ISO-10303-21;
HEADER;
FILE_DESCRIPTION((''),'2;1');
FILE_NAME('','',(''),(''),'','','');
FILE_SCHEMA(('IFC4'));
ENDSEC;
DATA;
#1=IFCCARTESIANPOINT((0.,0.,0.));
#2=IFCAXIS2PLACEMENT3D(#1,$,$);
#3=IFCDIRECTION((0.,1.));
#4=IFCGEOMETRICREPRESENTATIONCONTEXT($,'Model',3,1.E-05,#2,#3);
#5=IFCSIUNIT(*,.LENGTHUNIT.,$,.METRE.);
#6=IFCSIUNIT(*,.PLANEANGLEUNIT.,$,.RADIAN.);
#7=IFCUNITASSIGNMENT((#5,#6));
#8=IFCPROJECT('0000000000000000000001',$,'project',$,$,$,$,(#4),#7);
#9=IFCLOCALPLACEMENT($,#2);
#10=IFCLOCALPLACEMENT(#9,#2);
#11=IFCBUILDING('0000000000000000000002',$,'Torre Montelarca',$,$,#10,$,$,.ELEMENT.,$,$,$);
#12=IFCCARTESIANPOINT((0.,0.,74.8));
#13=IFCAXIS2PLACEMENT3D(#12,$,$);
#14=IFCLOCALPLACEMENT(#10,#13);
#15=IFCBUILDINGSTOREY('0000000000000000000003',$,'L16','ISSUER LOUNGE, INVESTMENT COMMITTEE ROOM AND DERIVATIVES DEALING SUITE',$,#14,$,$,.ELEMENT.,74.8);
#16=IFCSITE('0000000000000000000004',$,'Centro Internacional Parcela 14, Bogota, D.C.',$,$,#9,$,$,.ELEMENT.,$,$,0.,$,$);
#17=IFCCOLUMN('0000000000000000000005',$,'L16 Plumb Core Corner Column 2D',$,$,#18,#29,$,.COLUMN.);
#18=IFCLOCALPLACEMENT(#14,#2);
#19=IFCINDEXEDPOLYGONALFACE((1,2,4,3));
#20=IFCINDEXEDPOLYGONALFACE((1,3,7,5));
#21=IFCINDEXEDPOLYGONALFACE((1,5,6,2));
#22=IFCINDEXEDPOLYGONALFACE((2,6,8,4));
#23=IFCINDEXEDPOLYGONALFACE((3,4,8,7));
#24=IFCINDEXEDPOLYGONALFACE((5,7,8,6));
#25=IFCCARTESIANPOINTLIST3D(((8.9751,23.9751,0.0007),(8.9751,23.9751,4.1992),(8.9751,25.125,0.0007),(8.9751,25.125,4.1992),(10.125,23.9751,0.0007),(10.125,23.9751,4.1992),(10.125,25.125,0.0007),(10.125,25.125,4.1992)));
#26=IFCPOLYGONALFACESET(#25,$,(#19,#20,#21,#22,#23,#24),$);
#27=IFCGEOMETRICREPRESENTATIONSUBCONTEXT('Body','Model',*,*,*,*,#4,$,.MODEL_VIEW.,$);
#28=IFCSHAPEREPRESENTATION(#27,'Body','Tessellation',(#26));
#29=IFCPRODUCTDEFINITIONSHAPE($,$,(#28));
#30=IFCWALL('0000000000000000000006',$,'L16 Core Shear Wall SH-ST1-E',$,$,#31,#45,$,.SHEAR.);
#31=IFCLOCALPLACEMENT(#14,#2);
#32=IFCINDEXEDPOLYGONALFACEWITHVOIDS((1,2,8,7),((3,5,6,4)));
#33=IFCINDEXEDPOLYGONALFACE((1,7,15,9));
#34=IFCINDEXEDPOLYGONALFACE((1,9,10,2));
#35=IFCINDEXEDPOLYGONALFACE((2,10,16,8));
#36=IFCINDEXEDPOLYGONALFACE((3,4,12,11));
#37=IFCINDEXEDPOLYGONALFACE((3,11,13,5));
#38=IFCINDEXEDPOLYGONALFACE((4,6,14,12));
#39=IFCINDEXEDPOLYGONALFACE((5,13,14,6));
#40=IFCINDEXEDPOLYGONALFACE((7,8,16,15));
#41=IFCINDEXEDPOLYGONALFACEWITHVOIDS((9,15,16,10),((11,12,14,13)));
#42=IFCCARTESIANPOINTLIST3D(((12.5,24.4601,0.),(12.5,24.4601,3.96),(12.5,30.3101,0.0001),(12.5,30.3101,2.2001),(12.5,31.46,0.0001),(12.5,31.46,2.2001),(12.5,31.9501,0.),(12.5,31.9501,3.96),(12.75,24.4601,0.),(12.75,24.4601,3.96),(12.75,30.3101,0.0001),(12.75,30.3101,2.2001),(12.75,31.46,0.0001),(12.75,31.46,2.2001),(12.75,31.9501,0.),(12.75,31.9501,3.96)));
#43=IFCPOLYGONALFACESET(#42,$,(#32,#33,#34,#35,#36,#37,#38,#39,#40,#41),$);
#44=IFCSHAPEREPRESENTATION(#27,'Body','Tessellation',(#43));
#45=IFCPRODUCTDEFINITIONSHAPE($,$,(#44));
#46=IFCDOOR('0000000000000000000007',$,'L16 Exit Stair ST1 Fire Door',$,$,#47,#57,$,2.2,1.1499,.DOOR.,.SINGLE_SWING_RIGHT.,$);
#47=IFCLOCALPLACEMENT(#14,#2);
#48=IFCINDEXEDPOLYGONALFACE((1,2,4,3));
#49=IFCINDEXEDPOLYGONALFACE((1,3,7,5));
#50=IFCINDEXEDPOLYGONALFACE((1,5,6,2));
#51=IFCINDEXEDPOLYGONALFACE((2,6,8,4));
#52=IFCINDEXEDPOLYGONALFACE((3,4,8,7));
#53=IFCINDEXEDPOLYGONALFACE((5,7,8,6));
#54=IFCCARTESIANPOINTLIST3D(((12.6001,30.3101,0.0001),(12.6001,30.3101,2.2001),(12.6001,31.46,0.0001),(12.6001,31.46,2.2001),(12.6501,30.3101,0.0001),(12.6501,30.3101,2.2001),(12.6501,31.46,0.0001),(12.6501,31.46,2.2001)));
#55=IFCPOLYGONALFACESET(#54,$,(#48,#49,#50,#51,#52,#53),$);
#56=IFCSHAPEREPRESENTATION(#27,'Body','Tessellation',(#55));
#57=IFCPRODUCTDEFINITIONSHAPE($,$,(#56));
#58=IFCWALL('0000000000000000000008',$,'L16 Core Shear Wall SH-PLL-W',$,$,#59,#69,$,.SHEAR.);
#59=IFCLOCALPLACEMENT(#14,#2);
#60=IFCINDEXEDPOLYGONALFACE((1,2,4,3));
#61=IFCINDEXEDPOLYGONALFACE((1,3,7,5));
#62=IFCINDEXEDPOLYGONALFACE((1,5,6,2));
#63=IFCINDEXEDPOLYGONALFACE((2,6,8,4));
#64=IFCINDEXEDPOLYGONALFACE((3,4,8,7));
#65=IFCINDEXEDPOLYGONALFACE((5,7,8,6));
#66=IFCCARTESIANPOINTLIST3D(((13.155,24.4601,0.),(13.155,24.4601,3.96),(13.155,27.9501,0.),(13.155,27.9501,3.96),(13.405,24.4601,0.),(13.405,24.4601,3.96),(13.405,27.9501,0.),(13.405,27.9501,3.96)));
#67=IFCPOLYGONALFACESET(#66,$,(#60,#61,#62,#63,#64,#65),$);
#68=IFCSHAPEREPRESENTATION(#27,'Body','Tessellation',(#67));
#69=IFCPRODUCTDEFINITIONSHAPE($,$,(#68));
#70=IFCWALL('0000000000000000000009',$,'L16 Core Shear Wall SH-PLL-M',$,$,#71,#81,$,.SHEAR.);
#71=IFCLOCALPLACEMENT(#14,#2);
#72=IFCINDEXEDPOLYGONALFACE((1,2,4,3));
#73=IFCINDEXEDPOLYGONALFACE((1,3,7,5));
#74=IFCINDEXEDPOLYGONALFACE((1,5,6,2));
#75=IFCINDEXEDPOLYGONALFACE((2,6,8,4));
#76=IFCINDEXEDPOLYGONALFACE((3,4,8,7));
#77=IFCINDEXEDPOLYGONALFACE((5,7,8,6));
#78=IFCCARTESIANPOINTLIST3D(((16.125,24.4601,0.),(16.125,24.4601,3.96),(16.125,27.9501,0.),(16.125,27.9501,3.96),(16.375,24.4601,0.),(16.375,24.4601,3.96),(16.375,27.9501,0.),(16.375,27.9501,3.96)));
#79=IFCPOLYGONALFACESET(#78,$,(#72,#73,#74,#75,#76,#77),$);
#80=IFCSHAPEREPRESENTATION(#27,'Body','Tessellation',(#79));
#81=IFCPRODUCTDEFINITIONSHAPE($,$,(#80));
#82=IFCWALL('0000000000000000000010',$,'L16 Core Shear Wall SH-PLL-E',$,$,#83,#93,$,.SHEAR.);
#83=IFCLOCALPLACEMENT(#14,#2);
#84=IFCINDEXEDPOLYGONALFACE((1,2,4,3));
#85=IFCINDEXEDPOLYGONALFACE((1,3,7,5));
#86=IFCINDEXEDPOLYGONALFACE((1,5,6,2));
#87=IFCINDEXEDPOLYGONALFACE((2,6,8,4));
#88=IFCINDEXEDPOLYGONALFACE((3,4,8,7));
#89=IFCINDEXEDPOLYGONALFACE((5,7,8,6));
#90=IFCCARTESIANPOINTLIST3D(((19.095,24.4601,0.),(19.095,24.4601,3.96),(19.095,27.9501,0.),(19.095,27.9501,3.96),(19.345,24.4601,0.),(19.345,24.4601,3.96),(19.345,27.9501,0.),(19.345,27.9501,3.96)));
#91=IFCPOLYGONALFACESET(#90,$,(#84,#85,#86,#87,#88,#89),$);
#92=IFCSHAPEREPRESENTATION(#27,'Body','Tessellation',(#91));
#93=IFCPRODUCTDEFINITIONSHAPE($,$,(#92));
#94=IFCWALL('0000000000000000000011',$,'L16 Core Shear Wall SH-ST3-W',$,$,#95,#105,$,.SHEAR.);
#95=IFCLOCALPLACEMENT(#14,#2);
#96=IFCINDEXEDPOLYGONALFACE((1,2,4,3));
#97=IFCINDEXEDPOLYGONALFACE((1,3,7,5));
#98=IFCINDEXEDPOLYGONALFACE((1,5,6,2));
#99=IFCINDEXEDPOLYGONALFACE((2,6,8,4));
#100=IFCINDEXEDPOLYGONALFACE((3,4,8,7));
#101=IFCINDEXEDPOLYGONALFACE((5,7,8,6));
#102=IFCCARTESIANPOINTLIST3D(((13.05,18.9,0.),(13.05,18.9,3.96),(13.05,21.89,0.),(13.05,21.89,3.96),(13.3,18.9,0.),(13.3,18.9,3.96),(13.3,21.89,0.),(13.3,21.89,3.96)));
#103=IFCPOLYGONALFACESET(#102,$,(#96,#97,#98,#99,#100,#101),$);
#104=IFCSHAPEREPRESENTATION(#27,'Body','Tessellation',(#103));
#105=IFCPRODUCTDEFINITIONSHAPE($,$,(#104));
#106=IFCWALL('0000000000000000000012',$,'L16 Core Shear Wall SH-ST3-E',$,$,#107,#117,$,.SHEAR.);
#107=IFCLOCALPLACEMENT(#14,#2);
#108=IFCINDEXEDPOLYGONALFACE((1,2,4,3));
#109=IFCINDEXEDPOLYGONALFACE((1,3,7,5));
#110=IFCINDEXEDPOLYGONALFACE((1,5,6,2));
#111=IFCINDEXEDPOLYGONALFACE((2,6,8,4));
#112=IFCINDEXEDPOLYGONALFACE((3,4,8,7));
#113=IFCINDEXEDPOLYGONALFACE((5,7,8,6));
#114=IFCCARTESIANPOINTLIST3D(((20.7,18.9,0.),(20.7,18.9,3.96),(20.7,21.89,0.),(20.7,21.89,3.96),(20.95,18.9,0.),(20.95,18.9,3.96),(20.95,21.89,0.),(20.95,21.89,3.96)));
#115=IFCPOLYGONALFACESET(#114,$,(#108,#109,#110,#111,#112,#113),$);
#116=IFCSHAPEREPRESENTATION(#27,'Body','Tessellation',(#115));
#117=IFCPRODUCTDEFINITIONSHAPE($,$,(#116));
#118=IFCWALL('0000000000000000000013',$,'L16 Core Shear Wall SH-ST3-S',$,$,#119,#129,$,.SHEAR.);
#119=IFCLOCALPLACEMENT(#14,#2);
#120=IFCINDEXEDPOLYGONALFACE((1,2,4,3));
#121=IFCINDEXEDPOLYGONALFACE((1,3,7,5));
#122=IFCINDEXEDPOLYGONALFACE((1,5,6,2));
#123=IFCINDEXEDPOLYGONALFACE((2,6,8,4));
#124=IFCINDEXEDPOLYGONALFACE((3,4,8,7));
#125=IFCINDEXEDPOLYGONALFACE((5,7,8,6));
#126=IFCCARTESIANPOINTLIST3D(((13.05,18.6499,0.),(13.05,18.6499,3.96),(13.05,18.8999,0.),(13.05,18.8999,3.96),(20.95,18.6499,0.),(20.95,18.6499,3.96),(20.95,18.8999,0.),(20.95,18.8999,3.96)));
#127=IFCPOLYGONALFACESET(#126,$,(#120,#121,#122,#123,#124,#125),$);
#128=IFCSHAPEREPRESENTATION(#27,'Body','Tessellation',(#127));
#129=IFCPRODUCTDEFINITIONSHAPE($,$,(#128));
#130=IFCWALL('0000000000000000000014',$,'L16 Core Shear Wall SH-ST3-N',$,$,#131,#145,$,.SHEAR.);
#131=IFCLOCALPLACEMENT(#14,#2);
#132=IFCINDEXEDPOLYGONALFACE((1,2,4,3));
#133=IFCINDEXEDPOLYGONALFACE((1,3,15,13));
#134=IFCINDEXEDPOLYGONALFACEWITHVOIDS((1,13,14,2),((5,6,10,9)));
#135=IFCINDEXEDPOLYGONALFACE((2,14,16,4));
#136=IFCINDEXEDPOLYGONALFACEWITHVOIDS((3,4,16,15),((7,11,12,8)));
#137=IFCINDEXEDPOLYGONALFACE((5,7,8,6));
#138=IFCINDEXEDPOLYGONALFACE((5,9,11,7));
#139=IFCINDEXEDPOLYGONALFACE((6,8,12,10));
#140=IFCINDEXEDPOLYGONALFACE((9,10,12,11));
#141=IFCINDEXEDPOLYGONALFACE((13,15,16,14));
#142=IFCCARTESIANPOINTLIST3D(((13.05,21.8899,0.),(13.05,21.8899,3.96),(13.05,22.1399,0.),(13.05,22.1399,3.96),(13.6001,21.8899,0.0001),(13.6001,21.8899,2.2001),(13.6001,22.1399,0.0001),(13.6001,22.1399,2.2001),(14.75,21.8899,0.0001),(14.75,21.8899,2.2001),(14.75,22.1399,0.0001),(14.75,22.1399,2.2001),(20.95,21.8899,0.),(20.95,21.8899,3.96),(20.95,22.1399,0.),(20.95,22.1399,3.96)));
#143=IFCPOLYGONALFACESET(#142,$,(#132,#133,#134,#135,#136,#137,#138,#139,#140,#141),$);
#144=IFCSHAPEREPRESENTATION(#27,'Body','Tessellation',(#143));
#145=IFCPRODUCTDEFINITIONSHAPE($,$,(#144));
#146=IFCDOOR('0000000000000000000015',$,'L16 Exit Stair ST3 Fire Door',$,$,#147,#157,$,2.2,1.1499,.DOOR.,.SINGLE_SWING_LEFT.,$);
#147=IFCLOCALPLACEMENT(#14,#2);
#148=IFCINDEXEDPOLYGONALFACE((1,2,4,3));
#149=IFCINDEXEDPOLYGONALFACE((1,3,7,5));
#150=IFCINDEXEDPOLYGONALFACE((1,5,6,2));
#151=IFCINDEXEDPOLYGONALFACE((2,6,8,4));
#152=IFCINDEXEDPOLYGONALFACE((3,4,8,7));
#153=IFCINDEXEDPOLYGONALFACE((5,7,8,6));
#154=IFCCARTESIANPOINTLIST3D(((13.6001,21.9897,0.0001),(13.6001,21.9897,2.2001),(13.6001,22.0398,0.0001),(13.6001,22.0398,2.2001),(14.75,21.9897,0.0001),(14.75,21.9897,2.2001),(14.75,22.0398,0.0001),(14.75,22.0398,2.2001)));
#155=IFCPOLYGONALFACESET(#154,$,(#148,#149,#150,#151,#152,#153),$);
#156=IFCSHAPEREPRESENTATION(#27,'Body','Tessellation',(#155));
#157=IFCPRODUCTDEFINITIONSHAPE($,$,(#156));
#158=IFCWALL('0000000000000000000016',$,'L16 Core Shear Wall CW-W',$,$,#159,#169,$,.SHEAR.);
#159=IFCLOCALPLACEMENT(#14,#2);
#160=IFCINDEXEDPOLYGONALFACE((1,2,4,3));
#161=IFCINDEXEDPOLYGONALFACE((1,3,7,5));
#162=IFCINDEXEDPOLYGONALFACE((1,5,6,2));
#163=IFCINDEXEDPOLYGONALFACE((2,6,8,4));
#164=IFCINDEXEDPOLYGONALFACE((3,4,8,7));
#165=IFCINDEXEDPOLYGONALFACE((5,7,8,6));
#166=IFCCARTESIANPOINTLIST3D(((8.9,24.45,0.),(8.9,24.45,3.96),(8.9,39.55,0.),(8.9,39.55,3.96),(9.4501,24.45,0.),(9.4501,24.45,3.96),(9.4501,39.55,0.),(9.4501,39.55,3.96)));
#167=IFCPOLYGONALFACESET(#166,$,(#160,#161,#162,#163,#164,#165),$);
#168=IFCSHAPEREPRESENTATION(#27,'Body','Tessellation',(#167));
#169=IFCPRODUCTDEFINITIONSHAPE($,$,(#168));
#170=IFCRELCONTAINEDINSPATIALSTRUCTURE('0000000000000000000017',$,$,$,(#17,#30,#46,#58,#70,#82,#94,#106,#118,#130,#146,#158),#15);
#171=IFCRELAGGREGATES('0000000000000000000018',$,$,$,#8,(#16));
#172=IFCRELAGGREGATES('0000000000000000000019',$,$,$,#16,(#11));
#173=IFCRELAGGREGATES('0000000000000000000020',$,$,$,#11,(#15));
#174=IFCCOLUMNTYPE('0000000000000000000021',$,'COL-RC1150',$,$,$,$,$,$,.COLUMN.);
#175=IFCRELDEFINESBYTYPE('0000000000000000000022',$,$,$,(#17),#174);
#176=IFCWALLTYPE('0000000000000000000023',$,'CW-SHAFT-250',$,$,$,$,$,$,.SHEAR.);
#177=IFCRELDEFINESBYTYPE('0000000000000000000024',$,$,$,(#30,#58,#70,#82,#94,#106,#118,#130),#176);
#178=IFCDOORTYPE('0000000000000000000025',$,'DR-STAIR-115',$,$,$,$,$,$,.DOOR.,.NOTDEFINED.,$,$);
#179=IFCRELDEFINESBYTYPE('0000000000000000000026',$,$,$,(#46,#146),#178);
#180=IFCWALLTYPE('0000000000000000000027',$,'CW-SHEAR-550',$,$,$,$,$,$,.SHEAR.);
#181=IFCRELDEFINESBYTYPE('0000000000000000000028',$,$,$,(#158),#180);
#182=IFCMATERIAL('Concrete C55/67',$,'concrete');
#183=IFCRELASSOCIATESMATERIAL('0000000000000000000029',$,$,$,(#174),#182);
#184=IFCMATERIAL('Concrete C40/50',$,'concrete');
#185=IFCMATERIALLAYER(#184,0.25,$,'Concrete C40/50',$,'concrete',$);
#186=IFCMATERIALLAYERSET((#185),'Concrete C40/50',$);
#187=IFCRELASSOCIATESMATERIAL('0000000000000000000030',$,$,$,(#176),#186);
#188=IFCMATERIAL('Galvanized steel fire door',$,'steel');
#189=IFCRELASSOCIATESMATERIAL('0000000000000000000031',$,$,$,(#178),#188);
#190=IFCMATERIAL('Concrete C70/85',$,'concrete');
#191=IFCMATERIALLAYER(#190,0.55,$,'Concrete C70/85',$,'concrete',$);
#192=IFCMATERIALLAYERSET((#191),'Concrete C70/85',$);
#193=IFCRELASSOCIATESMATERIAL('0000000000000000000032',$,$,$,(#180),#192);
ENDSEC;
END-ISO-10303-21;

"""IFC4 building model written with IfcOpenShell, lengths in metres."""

from ifc_helpers import new_model, si_unit, direction, frame, frame_2d, origin, origin_2d, place, context, subcontext, project, spatial, rectangle, extrude, source, transform, mapped, material, layer, layer_set, material_profile, profile_set, type_object, element, fill, save


model = new_model("IFC4")

# Units and contexts
model_context = context("Model", 3, precision=1e-05, world=origin(), true_north=direction((0.0, 1.0)))
body_context = subcontext(model_context, "Body", "Model", "MODEL_VIEW")
ifc_project = project(units=[si_unit("LENGTHUNIT", "METRE"), si_unit("PLANEANGLEUNIT", "RADIAN")], contexts=[model_context])

# Site, building, storey
site_placement = place(None, origin())
site = spatial("IfcSite", under=ifc_project, at=site_placement, Name="Centro Internacional Parcela 14, Bogota, D.C.", CompositionType="ELEMENT", RefElevation=0.0)
building_placement = place(site_placement, origin())
building = spatial("IfcBuilding", under=site, at=building_placement, Name="Torre Montelarca", CompositionType="ELEMENT")
storey_placement = place(building_placement, frame((0.0, 0.0, 74.8)))
storey = spatial("IfcBuildingStorey", under=building, at=storey_placement, Name="L16", Description="ISSUER LOUNGE, INVESTMENT COMMITTEE ROOM AND DERIVATIVES DEALING SUITE", CompositionType="ELEMENT", Elevation=74.8)

# Column
ifc_material_1 = material(Name="Concrete C55/67", Category="concrete")
ifc_material_profile = material_profile(ifc_material_1, rectangle(XDim=1.1499, YDim=1.1499, at=origin_2d()), Name="RC1150X1150", Category="concrete")
ifc_profile_set = profile_set([ifc_material_profile], Name="Concrete C55/67")
column_type = type_object("IfcColumnType", Name="COL-RC1150", PredefinedType="COLUMN", material=ifc_profile_set)
shared_shape_1 = source(origin(), body_context, "Body", "SweptSolid", [
    extrude(rectangle(XDim=1.1499, YDim=1.1499, at=origin_2d()), origin(), (0.0, 0.0, 1.0), 4.1985),
])
column_placement = place(storey_placement, frame((9.55, 24.55, 0.0007), z_axis=(0.0, 0.0, 1.0), x_axis=(1.0, 0.0, 0.0)))
element("IfcColumn", 1, at=column_placement, inside=storey, type_object=column_type, Name="L16 Plumb Core Corner Column 2D", PredefinedType="COLUMN", context=body_context, shape_type="MappedRepresentation", body=[
    mapped(shared_shape_1, transform((0.0, 0.0, 0.0), scale=1.0)),
])

# Wall, opening, door
ifc_material_2 = material(Name="Concrete C40/50", Category="concrete")
ifc_layer_1 = layer(ifc_material_2, 0.25, Name="Concrete C40/50", Category="concrete")
ifc_layer_set_1 = layer_set([ifc_layer_1], Name="Concrete C40/50")
wall_type_1 = type_object("IfcWallType", Name="CW-SHAFT-250", PredefinedType="SHEAR", material=ifc_layer_set_1)
wall_1_placement = place(storey_placement, frame((12.625, 24.46, 0.0), z_axis=(0.0, 0.0, 1.0), x_axis=(0.0, 1.0, 0.0)))
wall_1 = element("IfcWall", 2, at=wall_1_placement, inside=storey, type_object=wall_type_1, Name="L16 Core Shear Wall SH-ST1-E", PredefinedType="SHEAR", context=body_context, shape_type="SweptSolid", body=[
    extrude(rectangle(XDim=7.49, YDim=0.25, at=frame_2d((3.7451, 0.0))), origin(), (0.0, 0.0, 1.0), 3.96),
])
opening_1_placement = place(wall_1_placement, frame((5.8501, 0.0, 0.0)))
opening_1 = element("IfcOpeningElement", 3, at=opening_1_placement, cuts=wall_1, PredefinedType="OPENING", context=body_context, shape_type="SweptSolid", body=[
    extrude(rectangle(XDim=1.1499, YDim=2.2, at=frame_2d((0.575, 1.1001))), frame((0.0, 0.135, 0.0), z_axis=(0.0, -1.0, 0.0), x_axis=(1.0, 0.0, 0.0)), (0.0, 0.0, 1.0), 0.27),
])
ifc_material_3 = material(Name="Galvanized steel fire door", Category="steel")
door_type_1 = type_object("IfcDoorType", Name="DR-STAIR-115", OperationType="NOTDEFINED", PredefinedType="DOOR", material=ifc_material_3)
shared_shape_2 = source(origin(), body_context, "Body", "SweptSolid", [
    extrude(rectangle(XDim=1.1499, YDim=2.2, at=frame_2d((0.575, 1.1001))), frame((0.0, 0.0249, 0.0), z_axis=(0.0, -1.0, 0.0), x_axis=(1.0, 0.0, 0.0)), (0.0, 0.0, 1.0), 0.05),
])
door_1_placement = place(opening_1_placement, origin())
door_1 = element("IfcDoor", 4, at=door_1_placement, inside=storey, type_object=door_type_1, Name="L16 Exit Stair ST1 Fire Door", OperationType="SINGLE_SWING_RIGHT", OverallHeight=2.2, OverallWidth=1.1499, PredefinedType="DOOR", context=body_context, shape_type="MappedRepresentation", body=[
    mapped(shared_shape_2, transform((0.0, 0.0, 0.0), scale=1.0)),
])
fill(opening_1, door_1)

# Walls
for number, where, z_axis, x_axis, name in (
    (5, (13.28, 24.46, 0.0), (0.0, 0.0, 1.0), (0.0, 1.0, 0.0), "L16 Core Shear Wall SH-PLL-W"),
    (6, (16.25, 24.46, 0.0), (0.0, 0.0, 1.0), (0.0, 1.0, 0.0), "L16 Core Shear Wall SH-PLL-M"),
    (7, (19.22, 24.46, 0.0), (0.0, 0.0, 1.0), (0.0, 1.0, 0.0), "L16 Core Shear Wall SH-PLL-E"),
):
    element("IfcWall", number, at=place(storey_placement, frame(where, z_axis=z_axis, x_axis=x_axis)), inside=storey, type_object=wall_type_1, Name=name, PredefinedType="SHEAR", context=body_context, shape_type="SweptSolid", body=[
        extrude(rectangle(XDim=3.49, YDim=0.25, at=frame_2d((1.7451, 0.0))), origin(), (0.0, 0.0, 1.0), 3.96),
    ])
for number, where, z_axis, x_axis, name in (
    (8, (13.175, 18.8999, 0.0), (0.0, 0.0, 1.0), (0.0, 1.0, 0.0), "L16 Core Shear Wall SH-ST3-W"),
    (9, (20.825, 18.8999, 0.0), (0.0, 0.0, 1.0), (0.0, 1.0, 0.0), "L16 Core Shear Wall SH-ST3-E"),
):
    element("IfcWall", number, at=place(storey_placement, frame(where, z_axis=z_axis, x_axis=x_axis)), inside=storey, type_object=wall_type_1, Name=name, PredefinedType="SHEAR", context=body_context, shape_type="SweptSolid", body=[
        extrude(rectangle(XDim=2.99, YDim=0.25, at=frame_2d((1.4951, 0.0))), origin(), (0.0, 0.0, 1.0), 3.96),
    ])
wall_2_placement = place(storey_placement, frame((13.05, 18.7749, 0.0), z_axis=(0.0, 0.0, 1.0), x_axis=(1.0, 0.0, 0.0)))
element("IfcWall", 10, at=wall_2_placement, inside=storey, type_object=wall_type_1, Name="L16 Core Shear Wall SH-ST3-S", PredefinedType="SHEAR", context=body_context, shape_type="SweptSolid", body=[
    extrude(rectangle(XDim=7.8999, YDim=0.25, at=frame_2d((3.95, 0.0))), origin(), (0.0, 0.0, 1.0), 3.96),
])

# Wall, opening, door
wall_3_placement = place(storey_placement, frame((13.05, 22.0149, 0.0), z_axis=(0.0, 0.0, 1.0), x_axis=(1.0, 0.0, 0.0)))
wall_3 = element("IfcWall", 11, at=wall_3_placement, inside=storey, type_object=wall_type_1, Name="L16 Core Shear Wall SH-ST3-N", PredefinedType="SHEAR", context=body_context, shape_type="SweptSolid", body=[
    extrude(rectangle(XDim=7.8999, YDim=0.25, at=frame_2d((3.95, 0.0))), origin(), (0.0, 0.0, 1.0), 3.96),
])
opening_2_placement = place(wall_3_placement, frame((0.55, 0.0, 0.0)))
opening_2 = element("IfcOpeningElement", 12, at=opening_2_placement, cuts=wall_3, PredefinedType="OPENING", context=body_context, shape_type="SweptSolid", body=[
    extrude(rectangle(XDim=1.1499, YDim=2.2, at=frame_2d((0.575, 1.1001))), frame((0.0, 0.135, 0.0), z_axis=(0.0, -1.0, 0.0), x_axis=(1.0, 0.0, 0.0)), (0.0, 0.0, 1.0), 0.27),
])
door_2_placement = place(opening_2_placement, origin())
door_2 = element("IfcDoor", 13, at=door_2_placement, inside=storey, type_object=door_type_1, Name="L16 Exit Stair ST3 Fire Door", OperationType="SINGLE_SWING_LEFT", OverallHeight=2.2, OverallWidth=1.1499, PredefinedType="DOOR", context=body_context, shape_type="MappedRepresentation", body=[
    mapped(shared_shape_2, transform((0.0, 0.0, 0.0), scale=1.0)),
])
fill(opening_2, door_2)

# Wall
ifc_material_4 = material(Name="Concrete C70/85", Category="concrete")
ifc_layer_2 = layer(ifc_material_4, 0.55, Name="Concrete C70/85", Category="concrete")
ifc_layer_set_2 = layer_set([ifc_layer_2], Name="Concrete C70/85")
wall_type_2 = type_object("IfcWallType", Name="CW-SHEAR-550", PredefinedType="SHEAR", material=ifc_layer_set_2)
wall_4_placement = place(storey_placement, frame((9.175, 24.45, 0.0), z_axis=(0.0, 0.0, 1.0), x_axis=(0.0, 1.0, 0.0)))
element("IfcWall", 14, at=wall_4_placement, inside=storey, type_object=wall_type_2, Name="L16 Core Shear Wall CW-W", PredefinedType="SHEAR", context=body_context, shape_type="SweptSolid", body=[
    extrude(rectangle(XDim=15.1001, YDim=0.55, at=frame_2d((7.55, 0.0))), origin(), (0.0, 0.0, 1.0), 3.96),
])

save(model, "model.ifc")
